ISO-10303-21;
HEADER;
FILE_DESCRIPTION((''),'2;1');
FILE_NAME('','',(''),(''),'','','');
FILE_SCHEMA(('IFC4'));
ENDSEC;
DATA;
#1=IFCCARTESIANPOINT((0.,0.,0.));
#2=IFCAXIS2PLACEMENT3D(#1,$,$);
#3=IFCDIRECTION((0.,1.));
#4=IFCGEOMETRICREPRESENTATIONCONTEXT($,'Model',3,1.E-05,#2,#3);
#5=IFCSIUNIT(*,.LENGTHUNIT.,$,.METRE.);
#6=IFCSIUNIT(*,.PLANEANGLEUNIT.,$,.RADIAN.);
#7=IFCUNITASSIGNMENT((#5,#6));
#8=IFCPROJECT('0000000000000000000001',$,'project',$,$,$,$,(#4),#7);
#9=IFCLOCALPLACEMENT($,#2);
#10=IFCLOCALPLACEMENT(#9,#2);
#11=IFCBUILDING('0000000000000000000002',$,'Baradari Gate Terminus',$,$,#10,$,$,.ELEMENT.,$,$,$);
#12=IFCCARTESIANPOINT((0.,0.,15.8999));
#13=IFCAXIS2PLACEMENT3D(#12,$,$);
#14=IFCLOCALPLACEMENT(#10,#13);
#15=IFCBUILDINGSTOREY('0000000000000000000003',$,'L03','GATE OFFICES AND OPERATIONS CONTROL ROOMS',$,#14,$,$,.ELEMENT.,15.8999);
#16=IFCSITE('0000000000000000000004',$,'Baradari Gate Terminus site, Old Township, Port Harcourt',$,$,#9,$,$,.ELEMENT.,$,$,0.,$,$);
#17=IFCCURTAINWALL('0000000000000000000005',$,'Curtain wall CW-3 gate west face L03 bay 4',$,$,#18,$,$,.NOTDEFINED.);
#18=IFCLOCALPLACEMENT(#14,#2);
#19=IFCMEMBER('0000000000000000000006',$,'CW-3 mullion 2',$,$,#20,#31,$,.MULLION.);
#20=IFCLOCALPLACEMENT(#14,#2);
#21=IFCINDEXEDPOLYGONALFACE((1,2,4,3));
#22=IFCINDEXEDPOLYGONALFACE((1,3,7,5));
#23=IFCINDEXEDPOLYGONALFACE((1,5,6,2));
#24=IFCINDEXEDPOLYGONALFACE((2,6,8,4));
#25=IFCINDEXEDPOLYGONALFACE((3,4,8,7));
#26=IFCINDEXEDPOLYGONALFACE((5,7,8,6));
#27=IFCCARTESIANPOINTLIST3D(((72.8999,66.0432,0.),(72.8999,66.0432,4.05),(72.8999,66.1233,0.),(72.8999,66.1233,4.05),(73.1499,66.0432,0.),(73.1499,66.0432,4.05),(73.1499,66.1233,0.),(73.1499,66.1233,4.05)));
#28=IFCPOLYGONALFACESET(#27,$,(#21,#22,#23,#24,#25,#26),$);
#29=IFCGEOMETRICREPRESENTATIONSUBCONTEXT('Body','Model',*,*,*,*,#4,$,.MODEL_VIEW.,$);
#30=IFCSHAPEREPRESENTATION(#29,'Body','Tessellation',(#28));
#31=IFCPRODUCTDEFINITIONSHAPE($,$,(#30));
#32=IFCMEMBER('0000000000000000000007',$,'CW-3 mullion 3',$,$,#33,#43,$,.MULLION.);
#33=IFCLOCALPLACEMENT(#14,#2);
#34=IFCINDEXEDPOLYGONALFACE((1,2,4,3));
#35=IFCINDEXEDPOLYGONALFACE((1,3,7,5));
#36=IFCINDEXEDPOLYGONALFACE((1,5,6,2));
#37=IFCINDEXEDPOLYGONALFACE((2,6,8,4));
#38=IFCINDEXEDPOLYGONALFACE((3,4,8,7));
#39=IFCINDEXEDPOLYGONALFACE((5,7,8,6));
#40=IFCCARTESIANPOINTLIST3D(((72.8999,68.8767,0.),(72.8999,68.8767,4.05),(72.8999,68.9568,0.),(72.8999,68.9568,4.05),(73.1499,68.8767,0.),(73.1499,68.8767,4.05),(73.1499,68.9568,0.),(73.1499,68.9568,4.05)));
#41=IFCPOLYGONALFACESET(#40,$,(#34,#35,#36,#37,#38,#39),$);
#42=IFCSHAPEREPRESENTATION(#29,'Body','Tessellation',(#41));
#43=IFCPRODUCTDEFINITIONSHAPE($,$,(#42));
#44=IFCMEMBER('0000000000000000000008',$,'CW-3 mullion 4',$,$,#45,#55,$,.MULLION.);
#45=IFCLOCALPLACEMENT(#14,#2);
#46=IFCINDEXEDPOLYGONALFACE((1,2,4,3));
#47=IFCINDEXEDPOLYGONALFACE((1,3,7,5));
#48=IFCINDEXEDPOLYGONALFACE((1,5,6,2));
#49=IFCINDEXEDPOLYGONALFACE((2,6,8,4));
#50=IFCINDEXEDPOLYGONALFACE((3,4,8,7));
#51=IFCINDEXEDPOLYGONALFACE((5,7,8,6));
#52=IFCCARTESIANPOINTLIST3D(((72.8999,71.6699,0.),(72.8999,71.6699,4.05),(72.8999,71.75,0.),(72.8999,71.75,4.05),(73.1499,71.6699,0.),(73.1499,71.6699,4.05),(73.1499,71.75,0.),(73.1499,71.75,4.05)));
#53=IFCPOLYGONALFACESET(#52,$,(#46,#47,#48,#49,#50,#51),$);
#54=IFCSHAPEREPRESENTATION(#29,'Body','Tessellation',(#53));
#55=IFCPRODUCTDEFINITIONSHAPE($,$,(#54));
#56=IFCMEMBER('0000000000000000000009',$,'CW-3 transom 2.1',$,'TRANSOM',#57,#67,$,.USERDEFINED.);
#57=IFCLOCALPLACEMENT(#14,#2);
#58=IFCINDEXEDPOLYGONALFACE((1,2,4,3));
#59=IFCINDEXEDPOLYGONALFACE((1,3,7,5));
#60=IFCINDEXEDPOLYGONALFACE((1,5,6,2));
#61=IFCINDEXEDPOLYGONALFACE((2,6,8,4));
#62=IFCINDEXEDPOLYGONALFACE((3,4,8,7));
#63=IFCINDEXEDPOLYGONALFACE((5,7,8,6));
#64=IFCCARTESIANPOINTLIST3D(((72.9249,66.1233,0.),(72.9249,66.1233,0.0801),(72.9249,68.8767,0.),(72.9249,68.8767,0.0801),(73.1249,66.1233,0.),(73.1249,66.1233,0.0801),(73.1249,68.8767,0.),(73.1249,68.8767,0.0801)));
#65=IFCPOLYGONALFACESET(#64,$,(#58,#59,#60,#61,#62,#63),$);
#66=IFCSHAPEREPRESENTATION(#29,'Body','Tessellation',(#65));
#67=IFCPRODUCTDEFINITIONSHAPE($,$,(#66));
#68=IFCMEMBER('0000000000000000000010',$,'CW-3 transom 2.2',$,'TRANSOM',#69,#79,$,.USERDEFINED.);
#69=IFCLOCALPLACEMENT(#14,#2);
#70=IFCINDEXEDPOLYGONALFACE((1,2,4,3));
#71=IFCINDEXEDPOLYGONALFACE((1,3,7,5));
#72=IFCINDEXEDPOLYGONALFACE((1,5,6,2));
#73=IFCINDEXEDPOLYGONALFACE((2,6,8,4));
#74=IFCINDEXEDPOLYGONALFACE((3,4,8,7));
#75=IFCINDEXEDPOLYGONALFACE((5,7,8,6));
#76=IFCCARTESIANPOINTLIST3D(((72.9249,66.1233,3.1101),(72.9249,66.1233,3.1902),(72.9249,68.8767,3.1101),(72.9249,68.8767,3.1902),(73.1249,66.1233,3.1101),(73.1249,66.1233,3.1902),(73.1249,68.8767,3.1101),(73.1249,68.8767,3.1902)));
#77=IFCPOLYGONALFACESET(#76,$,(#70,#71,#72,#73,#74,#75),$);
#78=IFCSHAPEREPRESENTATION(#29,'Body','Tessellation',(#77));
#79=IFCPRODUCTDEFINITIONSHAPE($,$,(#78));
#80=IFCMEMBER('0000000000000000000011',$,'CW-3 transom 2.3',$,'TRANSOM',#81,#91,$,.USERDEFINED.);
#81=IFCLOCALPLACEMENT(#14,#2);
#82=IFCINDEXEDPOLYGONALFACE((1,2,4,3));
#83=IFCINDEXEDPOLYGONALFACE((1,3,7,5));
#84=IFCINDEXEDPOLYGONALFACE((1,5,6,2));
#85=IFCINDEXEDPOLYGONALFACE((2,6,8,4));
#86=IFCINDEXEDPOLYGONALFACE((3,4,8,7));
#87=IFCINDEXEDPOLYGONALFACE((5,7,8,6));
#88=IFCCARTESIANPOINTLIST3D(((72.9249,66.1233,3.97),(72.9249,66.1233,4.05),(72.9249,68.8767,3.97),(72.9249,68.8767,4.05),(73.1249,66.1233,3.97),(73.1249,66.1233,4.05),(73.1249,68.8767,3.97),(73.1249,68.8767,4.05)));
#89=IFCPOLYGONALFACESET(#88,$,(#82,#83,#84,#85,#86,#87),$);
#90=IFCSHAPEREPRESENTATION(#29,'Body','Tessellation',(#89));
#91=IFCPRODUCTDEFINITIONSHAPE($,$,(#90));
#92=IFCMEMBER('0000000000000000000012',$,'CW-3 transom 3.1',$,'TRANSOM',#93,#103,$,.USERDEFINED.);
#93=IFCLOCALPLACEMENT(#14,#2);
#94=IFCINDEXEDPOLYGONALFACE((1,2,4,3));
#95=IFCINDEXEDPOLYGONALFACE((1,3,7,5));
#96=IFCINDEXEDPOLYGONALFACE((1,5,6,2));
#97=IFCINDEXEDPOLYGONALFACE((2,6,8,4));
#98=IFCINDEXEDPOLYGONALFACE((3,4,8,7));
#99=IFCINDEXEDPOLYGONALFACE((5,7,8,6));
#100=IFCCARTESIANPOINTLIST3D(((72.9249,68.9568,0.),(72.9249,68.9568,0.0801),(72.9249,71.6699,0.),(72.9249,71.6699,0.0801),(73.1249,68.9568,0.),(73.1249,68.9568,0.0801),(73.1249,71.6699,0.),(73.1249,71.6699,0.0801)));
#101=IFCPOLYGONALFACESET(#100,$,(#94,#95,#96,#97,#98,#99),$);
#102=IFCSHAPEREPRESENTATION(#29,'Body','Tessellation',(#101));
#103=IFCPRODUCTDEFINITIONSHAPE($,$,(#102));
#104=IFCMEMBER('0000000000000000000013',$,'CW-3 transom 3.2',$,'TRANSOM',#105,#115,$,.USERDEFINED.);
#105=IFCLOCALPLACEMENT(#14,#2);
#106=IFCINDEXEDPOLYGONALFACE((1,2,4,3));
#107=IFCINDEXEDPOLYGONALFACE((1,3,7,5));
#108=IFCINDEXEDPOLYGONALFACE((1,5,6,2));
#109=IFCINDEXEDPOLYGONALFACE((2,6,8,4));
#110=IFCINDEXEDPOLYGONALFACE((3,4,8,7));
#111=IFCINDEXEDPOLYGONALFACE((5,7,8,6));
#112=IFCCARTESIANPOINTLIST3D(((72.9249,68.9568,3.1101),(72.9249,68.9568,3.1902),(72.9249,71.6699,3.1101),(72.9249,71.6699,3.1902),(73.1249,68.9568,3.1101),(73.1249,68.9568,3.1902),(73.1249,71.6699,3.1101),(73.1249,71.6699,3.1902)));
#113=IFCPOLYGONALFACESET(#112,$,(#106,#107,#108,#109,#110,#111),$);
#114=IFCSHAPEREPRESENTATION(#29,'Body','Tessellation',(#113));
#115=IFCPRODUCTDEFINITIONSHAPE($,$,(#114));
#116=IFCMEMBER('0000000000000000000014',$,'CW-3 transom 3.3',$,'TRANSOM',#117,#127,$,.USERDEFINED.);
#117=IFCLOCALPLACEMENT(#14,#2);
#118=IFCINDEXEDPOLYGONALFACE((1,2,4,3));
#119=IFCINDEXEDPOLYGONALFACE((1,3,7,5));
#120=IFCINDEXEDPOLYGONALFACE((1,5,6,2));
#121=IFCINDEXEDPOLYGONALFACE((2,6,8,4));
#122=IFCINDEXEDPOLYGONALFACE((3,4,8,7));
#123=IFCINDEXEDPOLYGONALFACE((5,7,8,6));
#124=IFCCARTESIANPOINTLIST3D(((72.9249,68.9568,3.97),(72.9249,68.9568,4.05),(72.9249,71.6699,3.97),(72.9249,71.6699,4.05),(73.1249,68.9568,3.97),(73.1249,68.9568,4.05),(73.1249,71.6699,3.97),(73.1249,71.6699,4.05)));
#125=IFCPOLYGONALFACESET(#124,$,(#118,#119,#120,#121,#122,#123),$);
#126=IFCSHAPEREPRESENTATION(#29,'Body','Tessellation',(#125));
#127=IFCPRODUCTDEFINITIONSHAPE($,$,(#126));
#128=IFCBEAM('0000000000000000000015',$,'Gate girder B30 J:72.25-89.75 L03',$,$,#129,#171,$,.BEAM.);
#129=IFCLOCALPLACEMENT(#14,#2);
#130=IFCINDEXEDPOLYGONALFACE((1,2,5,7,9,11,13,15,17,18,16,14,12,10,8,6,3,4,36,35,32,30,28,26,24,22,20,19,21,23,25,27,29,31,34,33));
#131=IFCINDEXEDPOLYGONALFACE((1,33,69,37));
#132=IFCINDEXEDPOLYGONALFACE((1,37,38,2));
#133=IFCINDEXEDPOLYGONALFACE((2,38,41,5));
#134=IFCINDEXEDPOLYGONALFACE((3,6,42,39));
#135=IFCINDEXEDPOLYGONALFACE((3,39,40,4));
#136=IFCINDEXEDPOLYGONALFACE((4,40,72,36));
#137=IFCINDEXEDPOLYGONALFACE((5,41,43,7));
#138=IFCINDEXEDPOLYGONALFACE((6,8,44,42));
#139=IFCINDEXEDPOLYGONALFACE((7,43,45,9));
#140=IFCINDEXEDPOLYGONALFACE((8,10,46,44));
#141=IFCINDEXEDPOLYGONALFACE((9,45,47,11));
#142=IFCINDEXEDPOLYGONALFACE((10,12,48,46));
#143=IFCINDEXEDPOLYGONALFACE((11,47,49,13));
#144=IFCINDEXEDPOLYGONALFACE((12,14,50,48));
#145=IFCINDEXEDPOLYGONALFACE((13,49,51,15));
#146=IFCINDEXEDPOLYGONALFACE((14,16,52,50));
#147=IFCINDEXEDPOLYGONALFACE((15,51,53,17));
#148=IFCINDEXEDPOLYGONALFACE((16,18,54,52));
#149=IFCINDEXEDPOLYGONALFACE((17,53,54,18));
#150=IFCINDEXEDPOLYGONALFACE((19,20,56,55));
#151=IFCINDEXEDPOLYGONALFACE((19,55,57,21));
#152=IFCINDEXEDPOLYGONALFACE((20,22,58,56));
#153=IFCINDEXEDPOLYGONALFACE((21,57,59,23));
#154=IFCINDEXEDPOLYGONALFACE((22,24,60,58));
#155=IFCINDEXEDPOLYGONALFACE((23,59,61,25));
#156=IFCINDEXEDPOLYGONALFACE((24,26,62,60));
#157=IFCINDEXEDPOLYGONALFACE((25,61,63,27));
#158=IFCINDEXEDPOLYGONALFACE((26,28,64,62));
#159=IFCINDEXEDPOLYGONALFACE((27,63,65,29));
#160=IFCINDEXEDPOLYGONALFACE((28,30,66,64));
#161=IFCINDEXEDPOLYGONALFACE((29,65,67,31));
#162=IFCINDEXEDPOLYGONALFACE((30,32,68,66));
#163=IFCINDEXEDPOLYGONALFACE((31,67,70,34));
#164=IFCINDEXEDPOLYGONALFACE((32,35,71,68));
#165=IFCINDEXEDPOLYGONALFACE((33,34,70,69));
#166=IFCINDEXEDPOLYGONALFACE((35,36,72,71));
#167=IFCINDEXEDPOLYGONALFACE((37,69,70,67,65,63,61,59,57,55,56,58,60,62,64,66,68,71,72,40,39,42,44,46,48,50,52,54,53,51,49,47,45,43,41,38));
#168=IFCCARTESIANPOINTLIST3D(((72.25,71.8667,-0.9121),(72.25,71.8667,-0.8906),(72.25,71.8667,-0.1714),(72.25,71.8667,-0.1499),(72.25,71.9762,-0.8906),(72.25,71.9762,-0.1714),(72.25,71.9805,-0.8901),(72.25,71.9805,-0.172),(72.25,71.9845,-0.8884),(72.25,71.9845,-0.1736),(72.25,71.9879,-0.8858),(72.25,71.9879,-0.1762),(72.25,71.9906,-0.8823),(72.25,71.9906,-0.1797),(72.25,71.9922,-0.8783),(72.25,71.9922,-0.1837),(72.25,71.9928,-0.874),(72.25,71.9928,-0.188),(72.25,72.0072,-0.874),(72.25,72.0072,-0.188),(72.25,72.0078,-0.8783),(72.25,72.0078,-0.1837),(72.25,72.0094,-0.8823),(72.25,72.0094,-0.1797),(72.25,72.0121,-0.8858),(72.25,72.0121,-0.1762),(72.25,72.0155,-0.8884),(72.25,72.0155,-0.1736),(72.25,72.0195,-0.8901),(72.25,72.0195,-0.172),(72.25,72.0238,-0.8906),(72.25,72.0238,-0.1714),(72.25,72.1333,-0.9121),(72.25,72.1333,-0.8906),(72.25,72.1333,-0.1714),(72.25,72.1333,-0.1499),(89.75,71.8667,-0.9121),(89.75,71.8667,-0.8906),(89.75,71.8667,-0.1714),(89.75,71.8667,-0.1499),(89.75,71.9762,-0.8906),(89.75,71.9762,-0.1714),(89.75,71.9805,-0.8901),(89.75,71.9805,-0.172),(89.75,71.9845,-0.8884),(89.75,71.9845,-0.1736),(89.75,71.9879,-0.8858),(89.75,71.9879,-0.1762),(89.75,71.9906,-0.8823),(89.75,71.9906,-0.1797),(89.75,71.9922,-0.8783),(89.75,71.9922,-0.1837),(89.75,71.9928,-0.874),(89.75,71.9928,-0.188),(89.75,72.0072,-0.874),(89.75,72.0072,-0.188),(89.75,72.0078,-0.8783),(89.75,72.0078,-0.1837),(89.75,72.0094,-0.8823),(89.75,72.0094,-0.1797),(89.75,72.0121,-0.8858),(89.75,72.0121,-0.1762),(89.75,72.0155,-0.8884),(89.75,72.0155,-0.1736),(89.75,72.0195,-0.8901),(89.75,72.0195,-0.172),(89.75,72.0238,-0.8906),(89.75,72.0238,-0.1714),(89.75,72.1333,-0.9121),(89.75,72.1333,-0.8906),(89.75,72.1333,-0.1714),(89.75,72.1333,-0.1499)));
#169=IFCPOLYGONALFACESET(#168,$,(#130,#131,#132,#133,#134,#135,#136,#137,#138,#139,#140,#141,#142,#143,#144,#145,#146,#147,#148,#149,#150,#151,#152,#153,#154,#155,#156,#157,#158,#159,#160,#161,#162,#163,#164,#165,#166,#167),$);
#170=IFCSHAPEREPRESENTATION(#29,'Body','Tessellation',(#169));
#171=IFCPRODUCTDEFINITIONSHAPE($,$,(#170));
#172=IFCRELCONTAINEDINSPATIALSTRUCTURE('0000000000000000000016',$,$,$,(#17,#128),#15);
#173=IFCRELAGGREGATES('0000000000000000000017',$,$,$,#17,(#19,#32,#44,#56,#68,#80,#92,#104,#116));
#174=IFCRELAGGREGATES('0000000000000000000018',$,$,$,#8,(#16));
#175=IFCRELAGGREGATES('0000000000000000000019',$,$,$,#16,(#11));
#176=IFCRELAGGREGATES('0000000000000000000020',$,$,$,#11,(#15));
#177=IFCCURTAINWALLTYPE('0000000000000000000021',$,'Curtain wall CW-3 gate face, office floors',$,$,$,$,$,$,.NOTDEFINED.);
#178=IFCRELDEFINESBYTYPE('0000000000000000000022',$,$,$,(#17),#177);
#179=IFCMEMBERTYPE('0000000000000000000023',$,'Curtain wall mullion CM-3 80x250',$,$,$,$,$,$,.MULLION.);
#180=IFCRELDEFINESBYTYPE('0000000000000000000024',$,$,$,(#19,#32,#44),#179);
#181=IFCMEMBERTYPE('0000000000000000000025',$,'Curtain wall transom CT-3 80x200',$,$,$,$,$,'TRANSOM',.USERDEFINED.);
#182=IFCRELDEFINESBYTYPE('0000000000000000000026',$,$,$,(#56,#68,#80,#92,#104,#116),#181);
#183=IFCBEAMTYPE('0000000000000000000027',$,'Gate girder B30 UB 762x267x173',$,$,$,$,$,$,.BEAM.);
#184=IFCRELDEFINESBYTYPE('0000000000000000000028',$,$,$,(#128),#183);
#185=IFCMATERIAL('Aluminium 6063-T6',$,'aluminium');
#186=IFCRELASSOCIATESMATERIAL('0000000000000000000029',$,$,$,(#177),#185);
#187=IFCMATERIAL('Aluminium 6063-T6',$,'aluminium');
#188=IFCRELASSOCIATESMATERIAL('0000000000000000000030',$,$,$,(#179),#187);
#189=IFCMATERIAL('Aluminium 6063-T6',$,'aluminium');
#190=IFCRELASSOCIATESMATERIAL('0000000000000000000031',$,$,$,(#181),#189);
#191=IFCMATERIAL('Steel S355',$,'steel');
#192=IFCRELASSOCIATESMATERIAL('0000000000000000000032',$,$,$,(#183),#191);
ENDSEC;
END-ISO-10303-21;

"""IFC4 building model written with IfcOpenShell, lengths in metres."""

from ifc_helpers import new_model, si_unit, direction, frame, origin, origin_2d, place, context, subcontext, project, spatial, rectangle, i_section, extrude, material, material_profile, profile_set, type_object, element, aggregate, save


model = new_model("IFC4")

# Units and contexts
model_context = context("Model", 3, precision=1e-05, world=origin(), true_north=direction((0.0, 1.0)))
body_context = subcontext(model_context, "Body", "Model", "MODEL_VIEW")
ifc_project = project(units=[si_unit("LENGTHUNIT", "METRE"), si_unit("PLANEANGLEUNIT", "RADIAN")], contexts=[model_context])

# Site, building, storey
site_placement = place(None, origin())
site = spatial("IfcSite", under=ifc_project, at=site_placement, Name="Baradari Gate Terminus site, Old Township, Port Harcourt", CompositionType="ELEMENT", RefElevation=0.0)
building_placement = place(site_placement, origin())
building = spatial("IfcBuilding", under=site, at=building_placement, Name="Baradari Gate Terminus", CompositionType="ELEMENT")
storey_placement = place(building_placement, frame((0.0, 0.0, 15.8999)))
storey = spatial("IfcBuildingStorey", under=building, at=storey_placement, Name="L03", Description="GATE OFFICES AND OPERATIONS CONTROL ROOMS", CompositionType="ELEMENT", Elevation=15.8999)

# Curtain wall, members
ifc_material_1 = material(Name="Aluminium 6063-T6", Category="aluminium")
curtain_wall_type = type_object("IfcCurtainWallType", Name="Curtain wall CW-3 gate face, office floors", PredefinedType="NOTDEFINED", material=ifc_material_1)
curtain_wall_placement = place(storey_placement, origin())
curtain_wall = element("IfcCurtainWall", 1, at=curtain_wall_placement, inside=storey, type_object=curtain_wall_type, Name="Curtain wall CW-3 gate west face L03 bay 4", PredefinedType="NOTDEFINED")
ifc_material_2 = material(Name="Aluminium 6063-T6", Category="aluminium")
ifc_material_profile_1 = material_profile(ifc_material_2, rectangle(XDim=0.25, YDim=0.0801, at=origin_2d()), Name="CM-3 80X250")
ifc_profile_set_1 = profile_set([ifc_material_profile_1], Name="Aluminium 6063-T6")
member_type_1 = type_object("IfcMemberType", Name="Curtain wall mullion CM-3 80x250", PredefinedType="MULLION", material=ifc_profile_set_1)
member_1_placement = place(storey_placement, frame((73.0249, 66.0833, 0.0), z_axis=(0.0, 0.0, 1.0), x_axis=(-1.0, 0.0, 0.0)))
member_1 = element("IfcMember", 2, at=member_1_placement, type_object=member_type_1, Name="CW-3 mullion 2", PredefinedType="MULLION", context=body_context, shape_type="SweptSolid", body=[
    extrude(rectangle(XDim=0.25, YDim=0.0801, at=origin_2d()), origin(), (0.0, 0.0, 1.0), 4.05),
])
member_2_placement = place(storey_placement, frame((73.0249, 68.9167, 0.0), z_axis=(0.0, 0.0, 1.0), x_axis=(-1.0, 0.0, 0.0)))
member_2 = element("IfcMember", 3, at=member_2_placement, type_object=member_type_1, Name="CW-3 mullion 3", PredefinedType="MULLION", context=body_context, shape_type="SweptSolid", body=[
    extrude(rectangle(XDim=0.25, YDim=0.0801, at=origin_2d()), origin(), (0.0, 0.0, 1.0), 4.05),
])
member_3_placement = place(storey_placement, frame((73.0249, 71.71, 0.0), z_axis=(0.0, 0.0, 1.0), x_axis=(-1.0, 0.0, 0.0)))
member_3 = element("IfcMember", 4, at=member_3_placement, type_object=member_type_1, Name="CW-3 mullion 4", PredefinedType="MULLION", context=body_context, shape_type="SweptSolid", body=[
    extrude(rectangle(XDim=0.25, YDim=0.0801, at=origin_2d()), origin(), (0.0, 0.0, 1.0), 4.05),
])
ifc_material_3 = material(Name="Aluminium 6063-T6", Category="aluminium")
ifc_material_profile_2 = material_profile(ifc_material_3, rectangle(XDim=0.2, YDim=0.0801, at=origin_2d()), Name="CT-3 80X200")
ifc_profile_set_2 = profile_set([ifc_material_profile_2], Name="Aluminium 6063-T6")
member_type_2 = type_object("IfcMemberType", Name="Curtain wall transom CT-3 80x200", ElementType="TRANSOM", PredefinedType="USERDEFINED", material=ifc_profile_set_2)
member_4_placement = place(storey_placement, frame((73.0249, 66.1233, 0.04), z_axis=(0.0, 1.0, 0.0), x_axis=(-1.0, 0.0, 0.0)))
member_4 = element("IfcMember", 5, at=member_4_placement, type_object=member_type_2, Name="CW-3 transom 2.1", ObjectType="TRANSOM", PredefinedType="USERDEFINED", context=body_context, shape_type="SweptSolid", body=[
    extrude(rectangle(XDim=0.2, YDim=0.0801, at=origin_2d()), origin(), (0.0, 0.0, 1.0), 2.7534),
])
member_5_placement = place(storey_placement, frame((73.0249, 66.1233, 3.1501), z_axis=(0.0, 1.0, 0.0), x_axis=(-1.0, 0.0, 0.0)))
member_5 = element("IfcMember", 6, at=member_5_placement, type_object=member_type_2, Name="CW-3 transom 2.2", ObjectType="TRANSOM", PredefinedType="USERDEFINED", context=body_context, shape_type="SweptSolid", body=[
    extrude(rectangle(XDim=0.2, YDim=0.0801, at=origin_2d()), origin(), (0.0, 0.0, 1.0), 2.7534),
])
member_6_placement = place(storey_placement, frame((73.0249, 66.1233, 4.01), z_axis=(0.0, 1.0, 0.0), x_axis=(-1.0, 0.0, 0.0)))
member_6 = element("IfcMember", 7, at=member_6_placement, type_object=member_type_2, Name="CW-3 transom 2.3", ObjectType="TRANSOM", PredefinedType="USERDEFINED", context=body_context, shape_type="SweptSolid", body=[
    extrude(rectangle(XDim=0.2, YDim=0.0801, at=origin_2d()), origin(), (0.0, 0.0, 1.0), 2.7534),
])
member_7_placement = place(storey_placement, frame((73.0249, 68.9568, 0.04), z_axis=(0.0, 1.0, 0.0), x_axis=(-1.0, 0.0, 0.0)))
member_7 = element("IfcMember", 8, at=member_7_placement, type_object=member_type_2, Name="CW-3 transom 3.1", ObjectType="TRANSOM", PredefinedType="USERDEFINED", context=body_context, shape_type="SweptSolid", body=[
    extrude(rectangle(XDim=0.2, YDim=0.0801, at=origin_2d()), origin(), (0.0, 0.0, 1.0), 2.7131),
])
member_8_placement = place(storey_placement, frame((73.0249, 68.9568, 3.1501), z_axis=(0.0, 1.0, 0.0), x_axis=(-1.0, 0.0, 0.0)))
member_8 = element("IfcMember", 9, at=member_8_placement, type_object=member_type_2, Name="CW-3 transom 3.2", ObjectType="TRANSOM", PredefinedType="USERDEFINED", context=body_context, shape_type="SweptSolid", body=[
    extrude(rectangle(XDim=0.2, YDim=0.0801, at=origin_2d()), origin(), (0.0, 0.0, 1.0), 2.7131),
])
member_9_placement = place(storey_placement, frame((73.0249, 68.9568, 4.01), z_axis=(0.0, 1.0, 0.0), x_axis=(-1.0, 0.0, 0.0)))
member_9 = element("IfcMember", 10, at=member_9_placement, type_object=member_type_2, Name="CW-3 transom 3.3", ObjectType="TRANSOM", PredefinedType="USERDEFINED", context=body_context, shape_type="SweptSolid", body=[
    extrude(rectangle(XDim=0.2, YDim=0.0801, at=origin_2d()), origin(), (0.0, 0.0, 1.0), 2.7131),
])

# Beam
ifc_material_4 = material(Name="Steel S355", Category="steel")
ifc_material_profile_3 = material_profile(ifc_material_4, i_section(OverallWidth=0.2666, OverallDepth=0.7622, WebThickness=0.0144, FlangeThickness=0.0215, FilletRadius=0.0166, at=origin_2d()), Name="UB 762x267x173")
ifc_profile_set_3 = profile_set([ifc_material_profile_3], Name="Steel S355")
beam_type_1 = type_object("IfcBeamType", Name="Gate girder B30 UB 762x267x173", PredefinedType="BEAM", material=ifc_profile_set_3)
beam_placement = place(storey_placement, frame((72.25, 72.0, -0.531), z_axis=(1.0, 0.0, 0.0), x_axis=(0.0, 1.0, 0.0)))
element("IfcBeam", 11, at=beam_placement, inside=storey, type_object=beam_type_1, Name="Gate girder B30 J:72.25-89.75 L03", PredefinedType="BEAM", context=body_context, shape_type="SweptSolid", body=[
    extrude(i_section(OverallWidth=0.2666, OverallDepth=0.7622, WebThickness=0.0144, FlangeThickness=0.0215, FilletRadius=0.0166, at=origin_2d()), origin(), (0.0, 0.0, 1.0), 17.5),
])

aggregate(curtain_wall, [member_1, member_2, member_3, member_4, member_5, member_6, member_7, member_8, member_9])

save(model, "model.ifc")
